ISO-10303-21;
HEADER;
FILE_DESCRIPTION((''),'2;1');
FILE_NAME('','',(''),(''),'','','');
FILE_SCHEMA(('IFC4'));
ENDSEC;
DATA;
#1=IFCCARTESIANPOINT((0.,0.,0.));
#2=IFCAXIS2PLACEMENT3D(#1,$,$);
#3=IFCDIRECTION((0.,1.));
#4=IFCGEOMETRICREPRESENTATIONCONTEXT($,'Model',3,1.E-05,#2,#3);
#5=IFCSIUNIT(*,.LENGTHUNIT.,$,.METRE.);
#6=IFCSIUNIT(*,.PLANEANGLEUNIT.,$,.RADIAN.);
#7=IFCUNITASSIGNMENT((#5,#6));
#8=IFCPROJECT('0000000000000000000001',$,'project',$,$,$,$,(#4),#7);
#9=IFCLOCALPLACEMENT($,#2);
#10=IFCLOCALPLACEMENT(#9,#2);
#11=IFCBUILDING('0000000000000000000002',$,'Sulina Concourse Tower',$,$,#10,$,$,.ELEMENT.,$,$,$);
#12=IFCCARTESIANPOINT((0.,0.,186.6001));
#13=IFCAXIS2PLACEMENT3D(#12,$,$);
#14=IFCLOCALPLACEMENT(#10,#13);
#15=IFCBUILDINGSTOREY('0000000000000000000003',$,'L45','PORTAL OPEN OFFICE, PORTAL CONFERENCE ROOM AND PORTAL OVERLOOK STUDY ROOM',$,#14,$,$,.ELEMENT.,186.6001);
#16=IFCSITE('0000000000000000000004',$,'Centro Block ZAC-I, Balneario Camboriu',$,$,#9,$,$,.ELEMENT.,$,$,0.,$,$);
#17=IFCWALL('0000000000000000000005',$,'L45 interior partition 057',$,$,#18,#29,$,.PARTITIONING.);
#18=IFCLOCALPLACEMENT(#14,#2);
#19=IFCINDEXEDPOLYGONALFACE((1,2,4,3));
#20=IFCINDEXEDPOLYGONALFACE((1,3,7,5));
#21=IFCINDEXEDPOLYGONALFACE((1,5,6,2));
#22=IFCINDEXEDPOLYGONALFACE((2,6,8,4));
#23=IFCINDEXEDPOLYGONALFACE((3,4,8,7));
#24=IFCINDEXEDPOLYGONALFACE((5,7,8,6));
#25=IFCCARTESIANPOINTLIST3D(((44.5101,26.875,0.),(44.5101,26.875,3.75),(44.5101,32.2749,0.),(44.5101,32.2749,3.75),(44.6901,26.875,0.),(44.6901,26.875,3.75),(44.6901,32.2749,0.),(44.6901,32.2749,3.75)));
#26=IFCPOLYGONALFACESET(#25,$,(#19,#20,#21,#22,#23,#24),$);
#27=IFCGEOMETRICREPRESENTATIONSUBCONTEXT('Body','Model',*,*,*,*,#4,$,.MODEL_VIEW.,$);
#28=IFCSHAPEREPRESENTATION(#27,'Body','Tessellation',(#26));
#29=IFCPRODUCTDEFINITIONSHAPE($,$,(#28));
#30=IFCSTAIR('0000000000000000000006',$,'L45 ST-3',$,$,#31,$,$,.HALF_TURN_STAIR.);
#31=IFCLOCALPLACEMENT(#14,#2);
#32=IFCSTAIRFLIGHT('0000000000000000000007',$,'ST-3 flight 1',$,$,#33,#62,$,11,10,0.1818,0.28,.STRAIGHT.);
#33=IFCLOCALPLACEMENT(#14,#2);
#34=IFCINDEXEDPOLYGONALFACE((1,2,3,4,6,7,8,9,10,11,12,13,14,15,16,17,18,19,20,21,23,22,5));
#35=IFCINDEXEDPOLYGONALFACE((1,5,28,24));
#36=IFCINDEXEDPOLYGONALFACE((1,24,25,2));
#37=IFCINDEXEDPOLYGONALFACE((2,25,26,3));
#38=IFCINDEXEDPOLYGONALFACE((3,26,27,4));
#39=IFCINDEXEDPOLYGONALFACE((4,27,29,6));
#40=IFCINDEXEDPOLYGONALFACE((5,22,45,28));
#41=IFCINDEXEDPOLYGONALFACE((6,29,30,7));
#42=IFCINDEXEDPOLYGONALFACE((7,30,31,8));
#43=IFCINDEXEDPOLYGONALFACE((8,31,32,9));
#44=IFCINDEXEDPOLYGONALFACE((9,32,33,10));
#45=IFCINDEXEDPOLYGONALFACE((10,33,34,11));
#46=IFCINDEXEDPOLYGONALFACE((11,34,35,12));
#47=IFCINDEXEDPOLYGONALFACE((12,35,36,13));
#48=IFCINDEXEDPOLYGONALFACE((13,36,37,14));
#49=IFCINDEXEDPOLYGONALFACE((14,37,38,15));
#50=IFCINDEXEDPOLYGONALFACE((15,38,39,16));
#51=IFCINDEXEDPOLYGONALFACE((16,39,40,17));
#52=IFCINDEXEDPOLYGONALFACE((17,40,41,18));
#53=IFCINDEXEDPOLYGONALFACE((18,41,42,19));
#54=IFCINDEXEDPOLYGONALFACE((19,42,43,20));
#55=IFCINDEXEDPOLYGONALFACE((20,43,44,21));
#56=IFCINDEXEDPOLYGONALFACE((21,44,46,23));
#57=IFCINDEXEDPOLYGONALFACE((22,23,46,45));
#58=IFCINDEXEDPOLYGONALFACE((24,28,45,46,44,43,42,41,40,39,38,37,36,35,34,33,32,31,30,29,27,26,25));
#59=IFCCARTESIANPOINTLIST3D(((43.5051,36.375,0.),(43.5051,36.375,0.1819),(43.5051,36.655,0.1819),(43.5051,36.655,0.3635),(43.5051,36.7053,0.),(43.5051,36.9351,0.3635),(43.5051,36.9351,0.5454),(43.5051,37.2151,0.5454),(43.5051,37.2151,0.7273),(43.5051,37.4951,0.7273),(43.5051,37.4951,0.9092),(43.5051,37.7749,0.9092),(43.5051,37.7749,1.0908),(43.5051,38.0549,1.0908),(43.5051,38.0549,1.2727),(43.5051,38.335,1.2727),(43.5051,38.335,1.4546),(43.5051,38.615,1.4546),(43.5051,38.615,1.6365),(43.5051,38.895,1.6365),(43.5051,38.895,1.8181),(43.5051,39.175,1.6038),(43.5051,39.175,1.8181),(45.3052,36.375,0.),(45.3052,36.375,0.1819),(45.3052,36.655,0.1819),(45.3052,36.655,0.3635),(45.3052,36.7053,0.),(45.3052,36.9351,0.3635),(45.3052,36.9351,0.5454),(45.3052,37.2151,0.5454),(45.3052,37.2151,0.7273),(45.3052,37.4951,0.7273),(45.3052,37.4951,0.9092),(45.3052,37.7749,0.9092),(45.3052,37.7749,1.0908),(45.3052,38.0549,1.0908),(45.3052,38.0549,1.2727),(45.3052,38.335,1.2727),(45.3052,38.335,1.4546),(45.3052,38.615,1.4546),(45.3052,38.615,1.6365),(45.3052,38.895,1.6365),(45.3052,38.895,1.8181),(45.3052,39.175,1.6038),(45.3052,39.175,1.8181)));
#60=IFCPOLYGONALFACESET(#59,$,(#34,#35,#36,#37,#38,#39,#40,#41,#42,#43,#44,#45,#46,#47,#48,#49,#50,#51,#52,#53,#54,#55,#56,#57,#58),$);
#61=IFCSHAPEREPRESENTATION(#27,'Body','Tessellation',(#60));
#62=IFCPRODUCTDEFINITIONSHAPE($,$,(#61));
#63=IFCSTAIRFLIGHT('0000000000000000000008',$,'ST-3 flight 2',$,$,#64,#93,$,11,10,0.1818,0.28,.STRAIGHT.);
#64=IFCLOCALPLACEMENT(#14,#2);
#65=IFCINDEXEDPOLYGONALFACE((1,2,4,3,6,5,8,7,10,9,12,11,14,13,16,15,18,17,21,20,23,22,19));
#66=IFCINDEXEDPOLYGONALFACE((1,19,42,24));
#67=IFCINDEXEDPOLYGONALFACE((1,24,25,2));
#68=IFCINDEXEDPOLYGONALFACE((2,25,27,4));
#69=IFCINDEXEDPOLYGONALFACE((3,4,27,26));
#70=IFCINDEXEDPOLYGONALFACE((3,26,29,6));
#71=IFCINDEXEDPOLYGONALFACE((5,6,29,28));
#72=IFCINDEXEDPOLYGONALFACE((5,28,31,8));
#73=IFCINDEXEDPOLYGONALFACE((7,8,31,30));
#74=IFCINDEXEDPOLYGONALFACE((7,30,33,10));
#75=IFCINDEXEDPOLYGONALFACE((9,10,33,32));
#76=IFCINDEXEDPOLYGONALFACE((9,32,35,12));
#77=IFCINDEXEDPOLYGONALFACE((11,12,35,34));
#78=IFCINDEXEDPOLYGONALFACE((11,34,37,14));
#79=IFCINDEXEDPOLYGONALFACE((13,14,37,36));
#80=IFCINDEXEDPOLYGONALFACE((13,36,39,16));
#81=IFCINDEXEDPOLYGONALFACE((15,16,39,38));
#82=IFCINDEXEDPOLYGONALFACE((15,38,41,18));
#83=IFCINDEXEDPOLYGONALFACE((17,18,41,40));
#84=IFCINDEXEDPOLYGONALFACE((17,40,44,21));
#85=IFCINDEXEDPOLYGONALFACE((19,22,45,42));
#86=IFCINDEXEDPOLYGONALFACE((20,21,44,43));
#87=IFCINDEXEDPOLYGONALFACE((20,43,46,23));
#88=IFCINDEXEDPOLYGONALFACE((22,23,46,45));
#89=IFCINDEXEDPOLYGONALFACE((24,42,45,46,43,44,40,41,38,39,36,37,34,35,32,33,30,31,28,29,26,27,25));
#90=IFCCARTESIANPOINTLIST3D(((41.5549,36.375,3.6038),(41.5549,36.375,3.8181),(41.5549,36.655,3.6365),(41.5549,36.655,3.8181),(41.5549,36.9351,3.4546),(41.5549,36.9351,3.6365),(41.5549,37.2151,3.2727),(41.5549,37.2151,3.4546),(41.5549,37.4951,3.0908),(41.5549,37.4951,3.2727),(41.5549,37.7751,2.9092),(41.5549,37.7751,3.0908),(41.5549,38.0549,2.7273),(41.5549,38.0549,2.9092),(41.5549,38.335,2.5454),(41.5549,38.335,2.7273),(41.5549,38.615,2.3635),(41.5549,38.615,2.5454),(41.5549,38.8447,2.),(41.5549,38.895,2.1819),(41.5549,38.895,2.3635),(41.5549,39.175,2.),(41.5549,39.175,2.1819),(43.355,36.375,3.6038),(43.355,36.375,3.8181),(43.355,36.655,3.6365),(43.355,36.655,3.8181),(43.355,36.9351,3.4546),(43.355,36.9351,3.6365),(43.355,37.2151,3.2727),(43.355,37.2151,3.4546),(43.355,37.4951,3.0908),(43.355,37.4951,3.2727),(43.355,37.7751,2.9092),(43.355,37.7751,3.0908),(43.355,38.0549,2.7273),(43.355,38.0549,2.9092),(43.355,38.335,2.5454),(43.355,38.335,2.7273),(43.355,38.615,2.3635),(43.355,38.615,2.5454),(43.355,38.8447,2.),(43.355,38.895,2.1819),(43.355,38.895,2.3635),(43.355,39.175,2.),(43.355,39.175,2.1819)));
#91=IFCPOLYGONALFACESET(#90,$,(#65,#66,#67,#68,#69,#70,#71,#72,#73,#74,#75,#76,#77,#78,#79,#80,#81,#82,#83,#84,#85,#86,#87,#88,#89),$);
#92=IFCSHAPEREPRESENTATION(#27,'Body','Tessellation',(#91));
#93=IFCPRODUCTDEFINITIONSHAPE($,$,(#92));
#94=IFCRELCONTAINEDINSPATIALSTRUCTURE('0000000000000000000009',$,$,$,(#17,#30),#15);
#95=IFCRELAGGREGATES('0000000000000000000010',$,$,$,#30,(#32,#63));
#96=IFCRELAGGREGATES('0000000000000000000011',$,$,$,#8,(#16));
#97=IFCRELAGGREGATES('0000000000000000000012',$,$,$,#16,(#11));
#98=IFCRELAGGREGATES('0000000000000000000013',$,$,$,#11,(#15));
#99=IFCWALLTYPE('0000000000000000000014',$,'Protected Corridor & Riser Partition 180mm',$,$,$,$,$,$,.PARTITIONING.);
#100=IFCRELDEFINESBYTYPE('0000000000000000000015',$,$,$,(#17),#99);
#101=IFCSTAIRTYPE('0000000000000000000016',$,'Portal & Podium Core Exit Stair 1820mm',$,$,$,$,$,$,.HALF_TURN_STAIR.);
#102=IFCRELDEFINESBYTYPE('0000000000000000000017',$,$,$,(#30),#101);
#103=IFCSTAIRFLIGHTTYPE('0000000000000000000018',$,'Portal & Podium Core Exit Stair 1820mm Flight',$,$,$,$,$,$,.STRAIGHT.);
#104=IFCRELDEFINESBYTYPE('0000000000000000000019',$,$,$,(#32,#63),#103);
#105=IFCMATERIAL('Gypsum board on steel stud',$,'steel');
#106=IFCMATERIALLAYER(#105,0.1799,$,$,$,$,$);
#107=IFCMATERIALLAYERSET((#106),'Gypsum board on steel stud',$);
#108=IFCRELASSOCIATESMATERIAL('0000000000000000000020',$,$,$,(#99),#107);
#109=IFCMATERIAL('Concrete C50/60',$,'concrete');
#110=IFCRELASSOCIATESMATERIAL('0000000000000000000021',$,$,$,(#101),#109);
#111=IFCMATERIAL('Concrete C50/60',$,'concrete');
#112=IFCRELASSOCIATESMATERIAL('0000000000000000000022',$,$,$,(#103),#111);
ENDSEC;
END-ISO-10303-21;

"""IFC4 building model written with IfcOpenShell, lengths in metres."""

from ifc_helpers import new_model, si_unit, direction, frame, frame_2d, origin, place, context, subcontext, project, spatial, polyline, rectangle, outline, extrude, material, layer, layer_set, type_object, element, aggregate, save


model = new_model("IFC4")

# Units and contexts
model_context = context("Model", 3, precision=1e-05, world=origin(), true_north=direction((0.0, 1.0)))
body_context = subcontext(model_context, "Body", "Model", "MODEL_VIEW")
ifc_project = project(units=[si_unit("LENGTHUNIT", "METRE"), si_unit("PLANEANGLEUNIT", "RADIAN")], contexts=[model_context])

# Site, building, storey
site_placement = place(None, origin())
site = spatial("IfcSite", under=ifc_project, at=site_placement, Name="Centro Block ZAC-I, Balneario Camboriu", CompositionType="ELEMENT", RefElevation=0.0)
building_placement = place(site_placement, origin())
building = spatial("IfcBuilding", under=site, at=building_placement, Name="Sulina Concourse Tower", CompositionType="ELEMENT")
storey_placement = place(building_placement, frame((0.0, 0.0, 186.6001)))
storey = spatial("IfcBuildingStorey", under=building, at=storey_placement, Name="L45", Description="PORTAL OPEN OFFICE, PORTAL CONFERENCE ROOM AND PORTAL OVERLOOK STUDY ROOM", CompositionType="ELEMENT", Elevation=186.6001)

# Wall
ifc_material_1 = material(Name="Gypsum board on steel stud", Category="steel")
ifc_layer_1 = layer(ifc_material_1, 0.1799)
ifc_layer_set_1 = layer_set([ifc_layer_1], Name="Gypsum board on steel stud")
wall_type_1 = type_object("IfcWallType", Name="Protected Corridor & Riser Partition 180mm", PredefinedType="PARTITIONING", material=ifc_layer_set_1)
wall_1_placement = place(storey_placement, frame((44.6001, 26.875, 0.0), z_axis=(0.0, 0.0, 1.0), x_axis=(0.0, 1.0, 0.0)))
element("IfcWall", 1, at=wall_1_placement, inside=storey, type_object=wall_type_1, Name="L45 interior partition 057", PredefinedType="PARTITIONING", context=body_context, shape_type="SweptSolid", body=[
    extrude(rectangle(XDim=5.3999, YDim=0.1799, at=frame_2d((2.7, 0.0))), origin(), (0.0, 0.0, 1.0), 3.75),
])

# Stair, stair flights
ifc_material_2 = material(Name="Concrete C50/60", Category="concrete")
stair_type = type_object("IfcStairType", Name="Portal & Podium Core Exit Stair 1820mm", PredefinedType="HALF_TURN_STAIR", material=ifc_material_2)
stair_placement = place(storey_placement, origin())
stair = element("IfcStair", 2, at=stair_placement, inside=storey, type_object=stair_type, Name="L45 ST-3", PredefinedType="HALF_TURN_STAIR")
ifc_material_3 = material(Name="Concrete C50/60", Category="concrete")
stair_flight_type = type_object("IfcStairFlightType", Name="Portal & Podium Core Exit Stair 1820mm Flight", PredefinedType="STRAIGHT", material=ifc_material_3)
stair_flight_1_placement = place(storey_placement, frame((44.405, 36.375, 0.0), z_axis=(0.0, 0.0, 1.0), x_axis=(0.0, 1.0, 0.0)))
stair_flight_1 = element("IfcStairFlight", 3, at=stair_flight_1_placement, type_object=stair_flight_type, Name="ST-3 flight 1", NumberOfRisers=11, NumberOfTreads=10, PredefinedType="STRAIGHT", RiserHeight=0.1818, TreadLength=0.28, context=body_context, shape_type="SweptSolid", body=[
    extrude(outline(polyline([(0.0, 0.0), (0.0, 0.1819), (0.28, 0.1819), (0.28, 0.3635), (0.5601, 0.3635), (0.5601, 0.5454), (0.8401, 0.5454), (0.8401, 0.7273), (1.1201, 0.7273), (1.1201, 0.9092), (1.3999, 0.9092), (1.3999, 1.0908), (1.6799, 1.0908), (1.6799, 1.2727), (1.96, 1.2727), (1.96, 1.4546), (2.24, 1.4546), (2.24, 1.6365), (2.52, 1.6365), (2.52, 1.8181), (2.8, 1.8181), (2.8, 2.0), (2.8, 1.6038), (0.3303, 0.0), (0.0, 0.0)])), frame((0.0, 0.8999, 0.0), z_axis=(0.0, -1.0, 0.0), x_axis=(1.0, 0.0, 0.0)), (0.0, 0.0, 1.0), 1.8),
])
stair_flight_2_placement = place(storey_placement, frame((42.4551, 39.175, 2.0), z_axis=(0.0, 0.0, 1.0), x_axis=(0.0, -1.0, 0.0)))
stair_flight_2 = element("IfcStairFlight", 4, at=stair_flight_2_placement, type_object=stair_flight_type, Name="ST-3 flight 2", NumberOfRisers=11, NumberOfTreads=10, PredefinedType="STRAIGHT", RiserHeight=0.1818, TreadLength=0.28, context=body_context, shape_type="SweptSolid", body=[
    extrude(outline(polyline([(0.0, 0.0), (0.0, 0.1819), (0.28, 0.1819), (0.28, 0.3635), (0.5601, 0.3635), (0.5601, 0.5454), (0.8401, 0.5454), (0.8401, 0.7273), (1.1201, 0.7273), (1.1201, 0.9092), (1.3999, 0.9092), (1.3999, 1.0908), (1.6799, 1.0908), (1.6799, 1.2727), (1.96, 1.2727), (1.96, 1.4546), (2.24, 1.4546), (2.24, 1.6365), (2.52, 1.6365), (2.52, 1.8181), (2.8, 1.8181), (2.8, 2.0), (2.8, 1.6038), (0.3303, 0.0), (0.0, 0.0)])), frame((0.0, 0.8999, 0.0), z_axis=(0.0, -1.0, 0.0), x_axis=(1.0, 0.0, 0.0)), (0.0, 0.0, 1.0), 1.8),
])
aggregate(stair, [stair_flight_1, stair_flight_2])

save(model, "model.ifc")
